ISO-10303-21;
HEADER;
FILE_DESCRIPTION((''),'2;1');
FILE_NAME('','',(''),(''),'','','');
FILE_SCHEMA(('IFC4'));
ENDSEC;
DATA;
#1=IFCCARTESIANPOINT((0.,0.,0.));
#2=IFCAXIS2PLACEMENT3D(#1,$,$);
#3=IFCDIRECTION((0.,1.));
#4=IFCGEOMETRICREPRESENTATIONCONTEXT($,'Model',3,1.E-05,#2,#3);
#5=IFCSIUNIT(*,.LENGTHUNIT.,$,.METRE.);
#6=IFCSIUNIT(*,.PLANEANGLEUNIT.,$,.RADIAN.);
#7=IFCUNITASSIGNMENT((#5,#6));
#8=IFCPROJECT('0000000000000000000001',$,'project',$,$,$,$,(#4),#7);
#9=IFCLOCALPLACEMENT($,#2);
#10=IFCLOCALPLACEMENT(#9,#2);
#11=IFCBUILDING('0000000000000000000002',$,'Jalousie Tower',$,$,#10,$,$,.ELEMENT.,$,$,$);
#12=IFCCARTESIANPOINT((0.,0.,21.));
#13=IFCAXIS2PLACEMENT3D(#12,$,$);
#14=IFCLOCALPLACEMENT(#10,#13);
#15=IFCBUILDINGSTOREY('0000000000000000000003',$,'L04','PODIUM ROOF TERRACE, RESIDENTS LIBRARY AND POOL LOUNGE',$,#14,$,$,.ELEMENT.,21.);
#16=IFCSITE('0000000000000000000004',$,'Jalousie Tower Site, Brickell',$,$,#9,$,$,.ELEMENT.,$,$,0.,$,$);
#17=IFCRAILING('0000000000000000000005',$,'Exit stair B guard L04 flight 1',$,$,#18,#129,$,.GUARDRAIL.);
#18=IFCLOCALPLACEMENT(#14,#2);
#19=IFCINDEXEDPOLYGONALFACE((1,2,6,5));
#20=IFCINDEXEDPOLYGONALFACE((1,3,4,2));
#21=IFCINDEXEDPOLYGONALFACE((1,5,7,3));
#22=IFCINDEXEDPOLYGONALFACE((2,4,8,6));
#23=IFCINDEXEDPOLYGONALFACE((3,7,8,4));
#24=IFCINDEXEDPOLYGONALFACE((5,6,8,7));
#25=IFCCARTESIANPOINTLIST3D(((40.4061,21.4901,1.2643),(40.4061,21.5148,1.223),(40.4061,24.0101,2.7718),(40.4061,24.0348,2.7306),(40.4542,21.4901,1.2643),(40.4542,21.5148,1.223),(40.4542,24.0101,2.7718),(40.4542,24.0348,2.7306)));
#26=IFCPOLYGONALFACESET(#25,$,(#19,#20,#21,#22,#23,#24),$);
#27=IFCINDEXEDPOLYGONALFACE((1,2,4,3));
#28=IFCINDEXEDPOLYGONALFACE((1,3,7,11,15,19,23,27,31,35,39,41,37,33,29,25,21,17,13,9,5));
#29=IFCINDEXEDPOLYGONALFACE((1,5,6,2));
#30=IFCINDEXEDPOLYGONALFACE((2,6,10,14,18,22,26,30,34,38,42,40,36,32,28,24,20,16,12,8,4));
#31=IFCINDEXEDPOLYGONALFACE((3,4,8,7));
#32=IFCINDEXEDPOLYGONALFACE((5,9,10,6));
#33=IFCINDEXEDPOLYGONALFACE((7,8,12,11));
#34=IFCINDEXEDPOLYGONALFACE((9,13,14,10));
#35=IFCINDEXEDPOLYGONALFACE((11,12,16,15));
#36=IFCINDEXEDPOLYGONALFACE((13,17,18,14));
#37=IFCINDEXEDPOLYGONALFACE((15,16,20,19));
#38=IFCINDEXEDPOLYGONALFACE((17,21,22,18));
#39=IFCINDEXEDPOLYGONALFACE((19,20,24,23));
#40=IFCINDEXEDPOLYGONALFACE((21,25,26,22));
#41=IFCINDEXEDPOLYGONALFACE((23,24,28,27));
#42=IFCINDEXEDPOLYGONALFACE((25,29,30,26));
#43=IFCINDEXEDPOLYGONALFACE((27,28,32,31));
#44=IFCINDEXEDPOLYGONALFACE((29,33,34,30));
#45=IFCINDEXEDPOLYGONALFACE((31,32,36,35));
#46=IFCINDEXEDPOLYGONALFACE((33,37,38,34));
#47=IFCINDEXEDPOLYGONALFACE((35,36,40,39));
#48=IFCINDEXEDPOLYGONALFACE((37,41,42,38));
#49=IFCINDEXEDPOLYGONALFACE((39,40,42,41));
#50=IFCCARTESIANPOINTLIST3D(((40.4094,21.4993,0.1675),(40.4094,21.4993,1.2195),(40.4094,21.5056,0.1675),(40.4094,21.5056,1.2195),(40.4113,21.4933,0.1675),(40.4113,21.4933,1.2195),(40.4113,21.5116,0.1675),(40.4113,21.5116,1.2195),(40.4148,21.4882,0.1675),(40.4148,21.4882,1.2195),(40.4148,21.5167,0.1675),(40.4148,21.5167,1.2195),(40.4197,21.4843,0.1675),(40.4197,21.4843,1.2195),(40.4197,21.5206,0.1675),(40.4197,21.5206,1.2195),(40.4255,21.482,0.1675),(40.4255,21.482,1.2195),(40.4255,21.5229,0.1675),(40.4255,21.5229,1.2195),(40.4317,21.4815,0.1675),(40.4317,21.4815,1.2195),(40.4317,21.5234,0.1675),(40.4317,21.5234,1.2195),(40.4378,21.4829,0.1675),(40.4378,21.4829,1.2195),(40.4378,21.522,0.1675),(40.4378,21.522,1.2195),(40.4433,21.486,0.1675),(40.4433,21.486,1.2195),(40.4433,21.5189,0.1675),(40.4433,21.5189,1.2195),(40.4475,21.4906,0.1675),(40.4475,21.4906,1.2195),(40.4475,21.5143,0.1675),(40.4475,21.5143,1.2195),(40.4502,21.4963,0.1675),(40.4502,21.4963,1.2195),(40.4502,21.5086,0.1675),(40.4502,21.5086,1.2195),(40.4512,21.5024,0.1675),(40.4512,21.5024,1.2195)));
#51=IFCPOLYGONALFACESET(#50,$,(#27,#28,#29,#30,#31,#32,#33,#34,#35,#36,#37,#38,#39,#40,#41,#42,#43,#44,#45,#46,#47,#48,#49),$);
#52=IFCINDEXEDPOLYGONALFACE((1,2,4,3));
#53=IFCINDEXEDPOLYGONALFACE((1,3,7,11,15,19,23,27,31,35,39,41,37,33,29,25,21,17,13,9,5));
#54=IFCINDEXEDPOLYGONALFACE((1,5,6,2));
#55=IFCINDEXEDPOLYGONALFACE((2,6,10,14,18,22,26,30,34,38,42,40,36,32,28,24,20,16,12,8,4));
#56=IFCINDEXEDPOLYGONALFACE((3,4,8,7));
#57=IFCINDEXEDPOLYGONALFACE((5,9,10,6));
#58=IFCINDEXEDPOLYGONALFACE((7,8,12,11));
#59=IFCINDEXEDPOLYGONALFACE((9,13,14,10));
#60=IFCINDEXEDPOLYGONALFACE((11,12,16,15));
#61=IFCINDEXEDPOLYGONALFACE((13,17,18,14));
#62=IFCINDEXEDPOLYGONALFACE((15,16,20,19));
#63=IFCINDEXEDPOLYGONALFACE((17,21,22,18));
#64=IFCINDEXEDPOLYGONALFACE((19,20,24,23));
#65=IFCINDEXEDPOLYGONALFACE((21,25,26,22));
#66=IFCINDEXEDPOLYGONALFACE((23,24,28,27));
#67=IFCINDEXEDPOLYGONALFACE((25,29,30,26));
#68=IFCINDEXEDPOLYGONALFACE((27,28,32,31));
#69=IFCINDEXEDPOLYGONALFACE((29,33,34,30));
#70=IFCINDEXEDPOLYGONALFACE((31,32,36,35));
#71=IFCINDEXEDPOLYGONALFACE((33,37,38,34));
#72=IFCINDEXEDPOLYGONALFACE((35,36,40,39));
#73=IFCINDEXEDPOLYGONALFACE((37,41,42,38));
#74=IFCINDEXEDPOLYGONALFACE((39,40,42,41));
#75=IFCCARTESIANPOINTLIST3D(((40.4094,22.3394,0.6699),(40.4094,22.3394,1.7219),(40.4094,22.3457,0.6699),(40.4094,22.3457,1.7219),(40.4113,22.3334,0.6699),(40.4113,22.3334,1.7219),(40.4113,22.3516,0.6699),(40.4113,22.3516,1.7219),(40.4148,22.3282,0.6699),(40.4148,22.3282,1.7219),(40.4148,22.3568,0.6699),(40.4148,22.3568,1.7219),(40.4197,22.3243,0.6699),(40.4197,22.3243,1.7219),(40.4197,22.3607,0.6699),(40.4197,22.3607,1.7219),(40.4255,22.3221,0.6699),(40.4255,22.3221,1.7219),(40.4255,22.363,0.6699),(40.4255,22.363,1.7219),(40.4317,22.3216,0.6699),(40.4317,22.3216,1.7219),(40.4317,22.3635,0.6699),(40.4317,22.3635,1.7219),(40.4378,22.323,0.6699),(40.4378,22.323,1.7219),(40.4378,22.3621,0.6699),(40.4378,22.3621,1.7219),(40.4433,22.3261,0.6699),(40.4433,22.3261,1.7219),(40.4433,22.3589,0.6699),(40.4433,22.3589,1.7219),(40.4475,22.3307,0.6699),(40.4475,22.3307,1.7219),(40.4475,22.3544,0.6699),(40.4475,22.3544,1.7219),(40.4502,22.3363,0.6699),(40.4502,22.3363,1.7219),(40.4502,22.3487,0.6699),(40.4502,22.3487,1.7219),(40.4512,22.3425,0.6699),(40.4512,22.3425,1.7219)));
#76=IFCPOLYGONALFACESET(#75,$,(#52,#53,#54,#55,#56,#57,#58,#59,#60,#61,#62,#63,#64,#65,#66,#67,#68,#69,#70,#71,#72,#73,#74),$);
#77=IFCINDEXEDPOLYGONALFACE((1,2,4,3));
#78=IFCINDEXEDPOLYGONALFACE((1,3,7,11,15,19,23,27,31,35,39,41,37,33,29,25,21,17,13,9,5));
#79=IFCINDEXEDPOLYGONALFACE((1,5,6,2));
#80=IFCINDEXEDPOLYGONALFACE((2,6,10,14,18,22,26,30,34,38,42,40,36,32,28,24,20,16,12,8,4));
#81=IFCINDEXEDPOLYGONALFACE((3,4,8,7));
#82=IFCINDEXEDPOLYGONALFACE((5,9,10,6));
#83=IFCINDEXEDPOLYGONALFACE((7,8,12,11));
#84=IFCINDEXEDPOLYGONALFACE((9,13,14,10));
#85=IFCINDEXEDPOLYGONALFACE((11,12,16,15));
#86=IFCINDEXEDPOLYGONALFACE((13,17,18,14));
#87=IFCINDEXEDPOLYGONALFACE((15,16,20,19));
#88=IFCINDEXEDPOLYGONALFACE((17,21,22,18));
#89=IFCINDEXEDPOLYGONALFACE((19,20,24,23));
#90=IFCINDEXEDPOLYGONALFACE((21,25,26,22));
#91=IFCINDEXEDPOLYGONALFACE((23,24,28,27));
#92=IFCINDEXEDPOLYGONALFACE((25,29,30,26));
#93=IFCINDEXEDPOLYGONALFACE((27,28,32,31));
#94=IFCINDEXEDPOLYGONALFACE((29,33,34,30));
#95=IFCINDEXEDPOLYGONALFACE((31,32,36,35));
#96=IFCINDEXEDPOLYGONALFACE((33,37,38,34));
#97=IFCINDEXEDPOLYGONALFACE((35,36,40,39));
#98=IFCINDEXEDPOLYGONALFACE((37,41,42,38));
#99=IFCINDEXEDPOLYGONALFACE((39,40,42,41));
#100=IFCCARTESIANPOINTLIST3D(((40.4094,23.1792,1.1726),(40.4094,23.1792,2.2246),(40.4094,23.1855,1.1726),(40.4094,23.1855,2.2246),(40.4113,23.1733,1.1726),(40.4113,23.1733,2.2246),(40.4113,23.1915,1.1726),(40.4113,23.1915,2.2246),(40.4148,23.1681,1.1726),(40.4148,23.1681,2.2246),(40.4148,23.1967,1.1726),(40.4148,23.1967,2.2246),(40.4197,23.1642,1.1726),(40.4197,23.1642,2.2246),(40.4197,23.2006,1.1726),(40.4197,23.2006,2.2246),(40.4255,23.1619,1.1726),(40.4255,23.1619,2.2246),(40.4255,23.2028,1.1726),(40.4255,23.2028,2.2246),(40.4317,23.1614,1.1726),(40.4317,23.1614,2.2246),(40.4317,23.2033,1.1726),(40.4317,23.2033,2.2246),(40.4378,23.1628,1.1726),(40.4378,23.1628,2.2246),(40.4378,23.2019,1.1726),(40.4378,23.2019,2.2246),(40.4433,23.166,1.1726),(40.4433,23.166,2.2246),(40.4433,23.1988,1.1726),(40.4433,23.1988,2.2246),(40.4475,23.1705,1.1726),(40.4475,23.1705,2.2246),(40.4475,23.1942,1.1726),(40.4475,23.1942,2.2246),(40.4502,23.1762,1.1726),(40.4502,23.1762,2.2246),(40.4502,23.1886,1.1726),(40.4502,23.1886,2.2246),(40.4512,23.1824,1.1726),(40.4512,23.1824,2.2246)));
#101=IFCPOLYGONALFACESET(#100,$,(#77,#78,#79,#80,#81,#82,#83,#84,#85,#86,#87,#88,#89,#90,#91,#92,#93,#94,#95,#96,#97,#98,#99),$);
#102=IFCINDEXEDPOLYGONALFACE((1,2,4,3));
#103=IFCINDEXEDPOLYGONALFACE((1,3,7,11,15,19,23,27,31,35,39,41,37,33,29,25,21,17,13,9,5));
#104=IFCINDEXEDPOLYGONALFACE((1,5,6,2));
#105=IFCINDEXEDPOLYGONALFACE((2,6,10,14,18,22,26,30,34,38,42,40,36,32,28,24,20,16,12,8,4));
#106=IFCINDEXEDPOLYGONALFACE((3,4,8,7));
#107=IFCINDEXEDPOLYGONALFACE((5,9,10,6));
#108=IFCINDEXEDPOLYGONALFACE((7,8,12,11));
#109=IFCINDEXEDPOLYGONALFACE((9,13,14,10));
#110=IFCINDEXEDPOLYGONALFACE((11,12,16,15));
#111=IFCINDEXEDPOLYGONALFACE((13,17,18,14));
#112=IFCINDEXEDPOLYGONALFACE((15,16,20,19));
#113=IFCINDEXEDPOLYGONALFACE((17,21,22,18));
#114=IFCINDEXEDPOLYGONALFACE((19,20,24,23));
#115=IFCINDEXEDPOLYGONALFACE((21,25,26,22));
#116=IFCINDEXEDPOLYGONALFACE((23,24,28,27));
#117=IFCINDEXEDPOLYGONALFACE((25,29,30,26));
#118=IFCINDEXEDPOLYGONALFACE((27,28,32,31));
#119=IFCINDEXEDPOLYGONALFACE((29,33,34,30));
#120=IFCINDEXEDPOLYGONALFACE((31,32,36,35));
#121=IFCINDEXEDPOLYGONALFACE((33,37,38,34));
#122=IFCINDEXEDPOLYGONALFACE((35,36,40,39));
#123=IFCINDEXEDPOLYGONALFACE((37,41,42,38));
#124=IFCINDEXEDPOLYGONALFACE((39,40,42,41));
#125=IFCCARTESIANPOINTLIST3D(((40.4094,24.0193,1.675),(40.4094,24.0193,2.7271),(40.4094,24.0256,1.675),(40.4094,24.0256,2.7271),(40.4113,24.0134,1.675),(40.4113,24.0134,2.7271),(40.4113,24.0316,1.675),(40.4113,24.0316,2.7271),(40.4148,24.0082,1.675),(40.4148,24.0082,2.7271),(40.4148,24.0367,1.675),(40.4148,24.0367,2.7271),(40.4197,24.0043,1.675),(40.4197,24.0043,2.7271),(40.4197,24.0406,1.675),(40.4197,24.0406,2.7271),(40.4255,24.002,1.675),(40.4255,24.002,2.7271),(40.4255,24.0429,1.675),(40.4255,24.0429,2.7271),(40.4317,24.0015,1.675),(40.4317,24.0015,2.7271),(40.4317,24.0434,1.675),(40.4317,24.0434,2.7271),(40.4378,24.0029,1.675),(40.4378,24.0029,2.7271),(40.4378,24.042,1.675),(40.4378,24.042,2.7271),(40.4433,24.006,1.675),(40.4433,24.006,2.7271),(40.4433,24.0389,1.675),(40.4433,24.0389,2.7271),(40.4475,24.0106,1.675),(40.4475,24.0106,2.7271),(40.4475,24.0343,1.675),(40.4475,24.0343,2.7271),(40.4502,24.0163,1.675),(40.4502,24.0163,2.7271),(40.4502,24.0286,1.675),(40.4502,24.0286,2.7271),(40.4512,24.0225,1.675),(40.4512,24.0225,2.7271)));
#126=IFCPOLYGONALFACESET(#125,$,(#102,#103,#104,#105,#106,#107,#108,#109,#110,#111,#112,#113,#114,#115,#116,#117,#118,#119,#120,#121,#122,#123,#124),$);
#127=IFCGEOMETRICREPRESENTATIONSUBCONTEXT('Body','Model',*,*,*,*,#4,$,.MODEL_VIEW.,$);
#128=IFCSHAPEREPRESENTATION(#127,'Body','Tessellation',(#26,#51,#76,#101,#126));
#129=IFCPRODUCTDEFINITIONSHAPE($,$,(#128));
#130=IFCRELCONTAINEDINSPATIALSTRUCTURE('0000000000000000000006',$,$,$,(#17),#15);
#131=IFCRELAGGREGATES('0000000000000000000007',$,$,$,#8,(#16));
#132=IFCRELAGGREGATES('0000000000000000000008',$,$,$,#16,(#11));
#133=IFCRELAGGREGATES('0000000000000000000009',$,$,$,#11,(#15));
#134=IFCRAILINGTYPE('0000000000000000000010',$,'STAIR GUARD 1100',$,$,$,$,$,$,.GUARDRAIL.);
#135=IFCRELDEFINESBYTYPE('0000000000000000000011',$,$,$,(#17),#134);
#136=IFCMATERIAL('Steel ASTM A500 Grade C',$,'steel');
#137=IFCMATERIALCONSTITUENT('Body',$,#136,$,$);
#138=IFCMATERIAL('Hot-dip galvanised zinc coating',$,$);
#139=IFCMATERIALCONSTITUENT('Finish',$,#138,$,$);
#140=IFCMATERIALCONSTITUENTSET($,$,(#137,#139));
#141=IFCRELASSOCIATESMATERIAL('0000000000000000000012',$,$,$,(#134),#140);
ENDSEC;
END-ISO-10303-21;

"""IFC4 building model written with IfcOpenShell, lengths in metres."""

from ifc_helpers import new_model, si_unit, direction, frame, origin, origin_2d, place, context, subcontext, project, spatial, rectangle, circle, extrude, material, constituent, constituent_set, type_object, element, save


model = new_model("IFC4")

# Units and contexts
model_context = context("Model", 3, precision=1e-05, world=origin(), true_north=direction((0.0, 1.0)))
body_context = subcontext(model_context, "Body", "Model", "MODEL_VIEW")
ifc_project = project(units=[si_unit("LENGTHUNIT", "METRE"), si_unit("PLANEANGLEUNIT", "RADIAN")], contexts=[model_context])

# Site, building, storey
site_placement = place(None, origin())
site = spatial("IfcSite", under=ifc_project, at=site_placement, Name="Jalousie Tower Site, Brickell", CompositionType="ELEMENT", RefElevation=0.0)
building_placement = place(site_placement, origin())
building = spatial("IfcBuilding", under=site, at=building_placement, Name="Jalousie Tower", CompositionType="ELEMENT")
storey_placement = place(building_placement, frame((0.0, 0.0, 21.0)))
storey = spatial("IfcBuildingStorey", under=building, at=storey_placement, Name="L04", Description="PODIUM ROOF TERRACE, RESIDENTS LIBRARY AND POOL LOUNGE", CompositionType="ELEMENT", Elevation=21.0)

# Railing
ifc_material_1 = material(Name="Steel ASTM A500 Grade C", Category="steel")
ifc_constituent_1 = constituent(ifc_material_1, Name="Body")
ifc_material_2 = material(Name="Hot-dip galvanised zinc coating")
ifc_constituent_2 = constituent(ifc_material_2, Name="Finish")
ifc_constituent_set_1 = constituent_set(constituents=[ifc_constituent_1, ifc_constituent_2])
railing_type_1 = type_object("IfcRailingType", Name="STAIR GUARD 1100", PredefinedType="GUARDRAIL", material=ifc_constituent_set_1)
railing_1_placement = place(storey_placement, frame((40.4302, 21.5024, 0.1675)))
element("IfcRailing", 1, at=railing_1_placement, inside=storey, type_object=railing_type_1, Name="Exit stair B guard L04 flight 1", PredefinedType="GUARDRAIL", context=body_context, shape_type="SweptSolid", body=[
    extrude(rectangle(XDim=0.0481, YDim=0.0481, at=origin_2d()), frame((0.0, 0.0, 1.0762), z_axis=(0.0, 0.85816, 0.513383), x_axis=(-1.0, 0.0, 0.0)), (0.0, 0.0, 1.0), 2.9365),
    extrude(circle(Radius=0.021, at=origin_2d()), origin(), (0.0, 0.0, 1.0), 1.052),
    extrude(circle(Radius=0.021, at=origin_2d()), frame((0.0, 0.8401, 0.5024)), (0.0, 0.0, 1.0), 1.052),
    extrude(circle(Radius=0.021, at=origin_2d()), frame((0.0, 1.6799, 1.0051)), (0.0, 0.0, 1.0), 1.052),
    extrude(circle(Radius=0.021, at=origin_2d()), frame((0.0, 2.52, 1.5076)), (0.0, 0.0, 1.0), 1.052),
])

save(model, "model.ifc")
